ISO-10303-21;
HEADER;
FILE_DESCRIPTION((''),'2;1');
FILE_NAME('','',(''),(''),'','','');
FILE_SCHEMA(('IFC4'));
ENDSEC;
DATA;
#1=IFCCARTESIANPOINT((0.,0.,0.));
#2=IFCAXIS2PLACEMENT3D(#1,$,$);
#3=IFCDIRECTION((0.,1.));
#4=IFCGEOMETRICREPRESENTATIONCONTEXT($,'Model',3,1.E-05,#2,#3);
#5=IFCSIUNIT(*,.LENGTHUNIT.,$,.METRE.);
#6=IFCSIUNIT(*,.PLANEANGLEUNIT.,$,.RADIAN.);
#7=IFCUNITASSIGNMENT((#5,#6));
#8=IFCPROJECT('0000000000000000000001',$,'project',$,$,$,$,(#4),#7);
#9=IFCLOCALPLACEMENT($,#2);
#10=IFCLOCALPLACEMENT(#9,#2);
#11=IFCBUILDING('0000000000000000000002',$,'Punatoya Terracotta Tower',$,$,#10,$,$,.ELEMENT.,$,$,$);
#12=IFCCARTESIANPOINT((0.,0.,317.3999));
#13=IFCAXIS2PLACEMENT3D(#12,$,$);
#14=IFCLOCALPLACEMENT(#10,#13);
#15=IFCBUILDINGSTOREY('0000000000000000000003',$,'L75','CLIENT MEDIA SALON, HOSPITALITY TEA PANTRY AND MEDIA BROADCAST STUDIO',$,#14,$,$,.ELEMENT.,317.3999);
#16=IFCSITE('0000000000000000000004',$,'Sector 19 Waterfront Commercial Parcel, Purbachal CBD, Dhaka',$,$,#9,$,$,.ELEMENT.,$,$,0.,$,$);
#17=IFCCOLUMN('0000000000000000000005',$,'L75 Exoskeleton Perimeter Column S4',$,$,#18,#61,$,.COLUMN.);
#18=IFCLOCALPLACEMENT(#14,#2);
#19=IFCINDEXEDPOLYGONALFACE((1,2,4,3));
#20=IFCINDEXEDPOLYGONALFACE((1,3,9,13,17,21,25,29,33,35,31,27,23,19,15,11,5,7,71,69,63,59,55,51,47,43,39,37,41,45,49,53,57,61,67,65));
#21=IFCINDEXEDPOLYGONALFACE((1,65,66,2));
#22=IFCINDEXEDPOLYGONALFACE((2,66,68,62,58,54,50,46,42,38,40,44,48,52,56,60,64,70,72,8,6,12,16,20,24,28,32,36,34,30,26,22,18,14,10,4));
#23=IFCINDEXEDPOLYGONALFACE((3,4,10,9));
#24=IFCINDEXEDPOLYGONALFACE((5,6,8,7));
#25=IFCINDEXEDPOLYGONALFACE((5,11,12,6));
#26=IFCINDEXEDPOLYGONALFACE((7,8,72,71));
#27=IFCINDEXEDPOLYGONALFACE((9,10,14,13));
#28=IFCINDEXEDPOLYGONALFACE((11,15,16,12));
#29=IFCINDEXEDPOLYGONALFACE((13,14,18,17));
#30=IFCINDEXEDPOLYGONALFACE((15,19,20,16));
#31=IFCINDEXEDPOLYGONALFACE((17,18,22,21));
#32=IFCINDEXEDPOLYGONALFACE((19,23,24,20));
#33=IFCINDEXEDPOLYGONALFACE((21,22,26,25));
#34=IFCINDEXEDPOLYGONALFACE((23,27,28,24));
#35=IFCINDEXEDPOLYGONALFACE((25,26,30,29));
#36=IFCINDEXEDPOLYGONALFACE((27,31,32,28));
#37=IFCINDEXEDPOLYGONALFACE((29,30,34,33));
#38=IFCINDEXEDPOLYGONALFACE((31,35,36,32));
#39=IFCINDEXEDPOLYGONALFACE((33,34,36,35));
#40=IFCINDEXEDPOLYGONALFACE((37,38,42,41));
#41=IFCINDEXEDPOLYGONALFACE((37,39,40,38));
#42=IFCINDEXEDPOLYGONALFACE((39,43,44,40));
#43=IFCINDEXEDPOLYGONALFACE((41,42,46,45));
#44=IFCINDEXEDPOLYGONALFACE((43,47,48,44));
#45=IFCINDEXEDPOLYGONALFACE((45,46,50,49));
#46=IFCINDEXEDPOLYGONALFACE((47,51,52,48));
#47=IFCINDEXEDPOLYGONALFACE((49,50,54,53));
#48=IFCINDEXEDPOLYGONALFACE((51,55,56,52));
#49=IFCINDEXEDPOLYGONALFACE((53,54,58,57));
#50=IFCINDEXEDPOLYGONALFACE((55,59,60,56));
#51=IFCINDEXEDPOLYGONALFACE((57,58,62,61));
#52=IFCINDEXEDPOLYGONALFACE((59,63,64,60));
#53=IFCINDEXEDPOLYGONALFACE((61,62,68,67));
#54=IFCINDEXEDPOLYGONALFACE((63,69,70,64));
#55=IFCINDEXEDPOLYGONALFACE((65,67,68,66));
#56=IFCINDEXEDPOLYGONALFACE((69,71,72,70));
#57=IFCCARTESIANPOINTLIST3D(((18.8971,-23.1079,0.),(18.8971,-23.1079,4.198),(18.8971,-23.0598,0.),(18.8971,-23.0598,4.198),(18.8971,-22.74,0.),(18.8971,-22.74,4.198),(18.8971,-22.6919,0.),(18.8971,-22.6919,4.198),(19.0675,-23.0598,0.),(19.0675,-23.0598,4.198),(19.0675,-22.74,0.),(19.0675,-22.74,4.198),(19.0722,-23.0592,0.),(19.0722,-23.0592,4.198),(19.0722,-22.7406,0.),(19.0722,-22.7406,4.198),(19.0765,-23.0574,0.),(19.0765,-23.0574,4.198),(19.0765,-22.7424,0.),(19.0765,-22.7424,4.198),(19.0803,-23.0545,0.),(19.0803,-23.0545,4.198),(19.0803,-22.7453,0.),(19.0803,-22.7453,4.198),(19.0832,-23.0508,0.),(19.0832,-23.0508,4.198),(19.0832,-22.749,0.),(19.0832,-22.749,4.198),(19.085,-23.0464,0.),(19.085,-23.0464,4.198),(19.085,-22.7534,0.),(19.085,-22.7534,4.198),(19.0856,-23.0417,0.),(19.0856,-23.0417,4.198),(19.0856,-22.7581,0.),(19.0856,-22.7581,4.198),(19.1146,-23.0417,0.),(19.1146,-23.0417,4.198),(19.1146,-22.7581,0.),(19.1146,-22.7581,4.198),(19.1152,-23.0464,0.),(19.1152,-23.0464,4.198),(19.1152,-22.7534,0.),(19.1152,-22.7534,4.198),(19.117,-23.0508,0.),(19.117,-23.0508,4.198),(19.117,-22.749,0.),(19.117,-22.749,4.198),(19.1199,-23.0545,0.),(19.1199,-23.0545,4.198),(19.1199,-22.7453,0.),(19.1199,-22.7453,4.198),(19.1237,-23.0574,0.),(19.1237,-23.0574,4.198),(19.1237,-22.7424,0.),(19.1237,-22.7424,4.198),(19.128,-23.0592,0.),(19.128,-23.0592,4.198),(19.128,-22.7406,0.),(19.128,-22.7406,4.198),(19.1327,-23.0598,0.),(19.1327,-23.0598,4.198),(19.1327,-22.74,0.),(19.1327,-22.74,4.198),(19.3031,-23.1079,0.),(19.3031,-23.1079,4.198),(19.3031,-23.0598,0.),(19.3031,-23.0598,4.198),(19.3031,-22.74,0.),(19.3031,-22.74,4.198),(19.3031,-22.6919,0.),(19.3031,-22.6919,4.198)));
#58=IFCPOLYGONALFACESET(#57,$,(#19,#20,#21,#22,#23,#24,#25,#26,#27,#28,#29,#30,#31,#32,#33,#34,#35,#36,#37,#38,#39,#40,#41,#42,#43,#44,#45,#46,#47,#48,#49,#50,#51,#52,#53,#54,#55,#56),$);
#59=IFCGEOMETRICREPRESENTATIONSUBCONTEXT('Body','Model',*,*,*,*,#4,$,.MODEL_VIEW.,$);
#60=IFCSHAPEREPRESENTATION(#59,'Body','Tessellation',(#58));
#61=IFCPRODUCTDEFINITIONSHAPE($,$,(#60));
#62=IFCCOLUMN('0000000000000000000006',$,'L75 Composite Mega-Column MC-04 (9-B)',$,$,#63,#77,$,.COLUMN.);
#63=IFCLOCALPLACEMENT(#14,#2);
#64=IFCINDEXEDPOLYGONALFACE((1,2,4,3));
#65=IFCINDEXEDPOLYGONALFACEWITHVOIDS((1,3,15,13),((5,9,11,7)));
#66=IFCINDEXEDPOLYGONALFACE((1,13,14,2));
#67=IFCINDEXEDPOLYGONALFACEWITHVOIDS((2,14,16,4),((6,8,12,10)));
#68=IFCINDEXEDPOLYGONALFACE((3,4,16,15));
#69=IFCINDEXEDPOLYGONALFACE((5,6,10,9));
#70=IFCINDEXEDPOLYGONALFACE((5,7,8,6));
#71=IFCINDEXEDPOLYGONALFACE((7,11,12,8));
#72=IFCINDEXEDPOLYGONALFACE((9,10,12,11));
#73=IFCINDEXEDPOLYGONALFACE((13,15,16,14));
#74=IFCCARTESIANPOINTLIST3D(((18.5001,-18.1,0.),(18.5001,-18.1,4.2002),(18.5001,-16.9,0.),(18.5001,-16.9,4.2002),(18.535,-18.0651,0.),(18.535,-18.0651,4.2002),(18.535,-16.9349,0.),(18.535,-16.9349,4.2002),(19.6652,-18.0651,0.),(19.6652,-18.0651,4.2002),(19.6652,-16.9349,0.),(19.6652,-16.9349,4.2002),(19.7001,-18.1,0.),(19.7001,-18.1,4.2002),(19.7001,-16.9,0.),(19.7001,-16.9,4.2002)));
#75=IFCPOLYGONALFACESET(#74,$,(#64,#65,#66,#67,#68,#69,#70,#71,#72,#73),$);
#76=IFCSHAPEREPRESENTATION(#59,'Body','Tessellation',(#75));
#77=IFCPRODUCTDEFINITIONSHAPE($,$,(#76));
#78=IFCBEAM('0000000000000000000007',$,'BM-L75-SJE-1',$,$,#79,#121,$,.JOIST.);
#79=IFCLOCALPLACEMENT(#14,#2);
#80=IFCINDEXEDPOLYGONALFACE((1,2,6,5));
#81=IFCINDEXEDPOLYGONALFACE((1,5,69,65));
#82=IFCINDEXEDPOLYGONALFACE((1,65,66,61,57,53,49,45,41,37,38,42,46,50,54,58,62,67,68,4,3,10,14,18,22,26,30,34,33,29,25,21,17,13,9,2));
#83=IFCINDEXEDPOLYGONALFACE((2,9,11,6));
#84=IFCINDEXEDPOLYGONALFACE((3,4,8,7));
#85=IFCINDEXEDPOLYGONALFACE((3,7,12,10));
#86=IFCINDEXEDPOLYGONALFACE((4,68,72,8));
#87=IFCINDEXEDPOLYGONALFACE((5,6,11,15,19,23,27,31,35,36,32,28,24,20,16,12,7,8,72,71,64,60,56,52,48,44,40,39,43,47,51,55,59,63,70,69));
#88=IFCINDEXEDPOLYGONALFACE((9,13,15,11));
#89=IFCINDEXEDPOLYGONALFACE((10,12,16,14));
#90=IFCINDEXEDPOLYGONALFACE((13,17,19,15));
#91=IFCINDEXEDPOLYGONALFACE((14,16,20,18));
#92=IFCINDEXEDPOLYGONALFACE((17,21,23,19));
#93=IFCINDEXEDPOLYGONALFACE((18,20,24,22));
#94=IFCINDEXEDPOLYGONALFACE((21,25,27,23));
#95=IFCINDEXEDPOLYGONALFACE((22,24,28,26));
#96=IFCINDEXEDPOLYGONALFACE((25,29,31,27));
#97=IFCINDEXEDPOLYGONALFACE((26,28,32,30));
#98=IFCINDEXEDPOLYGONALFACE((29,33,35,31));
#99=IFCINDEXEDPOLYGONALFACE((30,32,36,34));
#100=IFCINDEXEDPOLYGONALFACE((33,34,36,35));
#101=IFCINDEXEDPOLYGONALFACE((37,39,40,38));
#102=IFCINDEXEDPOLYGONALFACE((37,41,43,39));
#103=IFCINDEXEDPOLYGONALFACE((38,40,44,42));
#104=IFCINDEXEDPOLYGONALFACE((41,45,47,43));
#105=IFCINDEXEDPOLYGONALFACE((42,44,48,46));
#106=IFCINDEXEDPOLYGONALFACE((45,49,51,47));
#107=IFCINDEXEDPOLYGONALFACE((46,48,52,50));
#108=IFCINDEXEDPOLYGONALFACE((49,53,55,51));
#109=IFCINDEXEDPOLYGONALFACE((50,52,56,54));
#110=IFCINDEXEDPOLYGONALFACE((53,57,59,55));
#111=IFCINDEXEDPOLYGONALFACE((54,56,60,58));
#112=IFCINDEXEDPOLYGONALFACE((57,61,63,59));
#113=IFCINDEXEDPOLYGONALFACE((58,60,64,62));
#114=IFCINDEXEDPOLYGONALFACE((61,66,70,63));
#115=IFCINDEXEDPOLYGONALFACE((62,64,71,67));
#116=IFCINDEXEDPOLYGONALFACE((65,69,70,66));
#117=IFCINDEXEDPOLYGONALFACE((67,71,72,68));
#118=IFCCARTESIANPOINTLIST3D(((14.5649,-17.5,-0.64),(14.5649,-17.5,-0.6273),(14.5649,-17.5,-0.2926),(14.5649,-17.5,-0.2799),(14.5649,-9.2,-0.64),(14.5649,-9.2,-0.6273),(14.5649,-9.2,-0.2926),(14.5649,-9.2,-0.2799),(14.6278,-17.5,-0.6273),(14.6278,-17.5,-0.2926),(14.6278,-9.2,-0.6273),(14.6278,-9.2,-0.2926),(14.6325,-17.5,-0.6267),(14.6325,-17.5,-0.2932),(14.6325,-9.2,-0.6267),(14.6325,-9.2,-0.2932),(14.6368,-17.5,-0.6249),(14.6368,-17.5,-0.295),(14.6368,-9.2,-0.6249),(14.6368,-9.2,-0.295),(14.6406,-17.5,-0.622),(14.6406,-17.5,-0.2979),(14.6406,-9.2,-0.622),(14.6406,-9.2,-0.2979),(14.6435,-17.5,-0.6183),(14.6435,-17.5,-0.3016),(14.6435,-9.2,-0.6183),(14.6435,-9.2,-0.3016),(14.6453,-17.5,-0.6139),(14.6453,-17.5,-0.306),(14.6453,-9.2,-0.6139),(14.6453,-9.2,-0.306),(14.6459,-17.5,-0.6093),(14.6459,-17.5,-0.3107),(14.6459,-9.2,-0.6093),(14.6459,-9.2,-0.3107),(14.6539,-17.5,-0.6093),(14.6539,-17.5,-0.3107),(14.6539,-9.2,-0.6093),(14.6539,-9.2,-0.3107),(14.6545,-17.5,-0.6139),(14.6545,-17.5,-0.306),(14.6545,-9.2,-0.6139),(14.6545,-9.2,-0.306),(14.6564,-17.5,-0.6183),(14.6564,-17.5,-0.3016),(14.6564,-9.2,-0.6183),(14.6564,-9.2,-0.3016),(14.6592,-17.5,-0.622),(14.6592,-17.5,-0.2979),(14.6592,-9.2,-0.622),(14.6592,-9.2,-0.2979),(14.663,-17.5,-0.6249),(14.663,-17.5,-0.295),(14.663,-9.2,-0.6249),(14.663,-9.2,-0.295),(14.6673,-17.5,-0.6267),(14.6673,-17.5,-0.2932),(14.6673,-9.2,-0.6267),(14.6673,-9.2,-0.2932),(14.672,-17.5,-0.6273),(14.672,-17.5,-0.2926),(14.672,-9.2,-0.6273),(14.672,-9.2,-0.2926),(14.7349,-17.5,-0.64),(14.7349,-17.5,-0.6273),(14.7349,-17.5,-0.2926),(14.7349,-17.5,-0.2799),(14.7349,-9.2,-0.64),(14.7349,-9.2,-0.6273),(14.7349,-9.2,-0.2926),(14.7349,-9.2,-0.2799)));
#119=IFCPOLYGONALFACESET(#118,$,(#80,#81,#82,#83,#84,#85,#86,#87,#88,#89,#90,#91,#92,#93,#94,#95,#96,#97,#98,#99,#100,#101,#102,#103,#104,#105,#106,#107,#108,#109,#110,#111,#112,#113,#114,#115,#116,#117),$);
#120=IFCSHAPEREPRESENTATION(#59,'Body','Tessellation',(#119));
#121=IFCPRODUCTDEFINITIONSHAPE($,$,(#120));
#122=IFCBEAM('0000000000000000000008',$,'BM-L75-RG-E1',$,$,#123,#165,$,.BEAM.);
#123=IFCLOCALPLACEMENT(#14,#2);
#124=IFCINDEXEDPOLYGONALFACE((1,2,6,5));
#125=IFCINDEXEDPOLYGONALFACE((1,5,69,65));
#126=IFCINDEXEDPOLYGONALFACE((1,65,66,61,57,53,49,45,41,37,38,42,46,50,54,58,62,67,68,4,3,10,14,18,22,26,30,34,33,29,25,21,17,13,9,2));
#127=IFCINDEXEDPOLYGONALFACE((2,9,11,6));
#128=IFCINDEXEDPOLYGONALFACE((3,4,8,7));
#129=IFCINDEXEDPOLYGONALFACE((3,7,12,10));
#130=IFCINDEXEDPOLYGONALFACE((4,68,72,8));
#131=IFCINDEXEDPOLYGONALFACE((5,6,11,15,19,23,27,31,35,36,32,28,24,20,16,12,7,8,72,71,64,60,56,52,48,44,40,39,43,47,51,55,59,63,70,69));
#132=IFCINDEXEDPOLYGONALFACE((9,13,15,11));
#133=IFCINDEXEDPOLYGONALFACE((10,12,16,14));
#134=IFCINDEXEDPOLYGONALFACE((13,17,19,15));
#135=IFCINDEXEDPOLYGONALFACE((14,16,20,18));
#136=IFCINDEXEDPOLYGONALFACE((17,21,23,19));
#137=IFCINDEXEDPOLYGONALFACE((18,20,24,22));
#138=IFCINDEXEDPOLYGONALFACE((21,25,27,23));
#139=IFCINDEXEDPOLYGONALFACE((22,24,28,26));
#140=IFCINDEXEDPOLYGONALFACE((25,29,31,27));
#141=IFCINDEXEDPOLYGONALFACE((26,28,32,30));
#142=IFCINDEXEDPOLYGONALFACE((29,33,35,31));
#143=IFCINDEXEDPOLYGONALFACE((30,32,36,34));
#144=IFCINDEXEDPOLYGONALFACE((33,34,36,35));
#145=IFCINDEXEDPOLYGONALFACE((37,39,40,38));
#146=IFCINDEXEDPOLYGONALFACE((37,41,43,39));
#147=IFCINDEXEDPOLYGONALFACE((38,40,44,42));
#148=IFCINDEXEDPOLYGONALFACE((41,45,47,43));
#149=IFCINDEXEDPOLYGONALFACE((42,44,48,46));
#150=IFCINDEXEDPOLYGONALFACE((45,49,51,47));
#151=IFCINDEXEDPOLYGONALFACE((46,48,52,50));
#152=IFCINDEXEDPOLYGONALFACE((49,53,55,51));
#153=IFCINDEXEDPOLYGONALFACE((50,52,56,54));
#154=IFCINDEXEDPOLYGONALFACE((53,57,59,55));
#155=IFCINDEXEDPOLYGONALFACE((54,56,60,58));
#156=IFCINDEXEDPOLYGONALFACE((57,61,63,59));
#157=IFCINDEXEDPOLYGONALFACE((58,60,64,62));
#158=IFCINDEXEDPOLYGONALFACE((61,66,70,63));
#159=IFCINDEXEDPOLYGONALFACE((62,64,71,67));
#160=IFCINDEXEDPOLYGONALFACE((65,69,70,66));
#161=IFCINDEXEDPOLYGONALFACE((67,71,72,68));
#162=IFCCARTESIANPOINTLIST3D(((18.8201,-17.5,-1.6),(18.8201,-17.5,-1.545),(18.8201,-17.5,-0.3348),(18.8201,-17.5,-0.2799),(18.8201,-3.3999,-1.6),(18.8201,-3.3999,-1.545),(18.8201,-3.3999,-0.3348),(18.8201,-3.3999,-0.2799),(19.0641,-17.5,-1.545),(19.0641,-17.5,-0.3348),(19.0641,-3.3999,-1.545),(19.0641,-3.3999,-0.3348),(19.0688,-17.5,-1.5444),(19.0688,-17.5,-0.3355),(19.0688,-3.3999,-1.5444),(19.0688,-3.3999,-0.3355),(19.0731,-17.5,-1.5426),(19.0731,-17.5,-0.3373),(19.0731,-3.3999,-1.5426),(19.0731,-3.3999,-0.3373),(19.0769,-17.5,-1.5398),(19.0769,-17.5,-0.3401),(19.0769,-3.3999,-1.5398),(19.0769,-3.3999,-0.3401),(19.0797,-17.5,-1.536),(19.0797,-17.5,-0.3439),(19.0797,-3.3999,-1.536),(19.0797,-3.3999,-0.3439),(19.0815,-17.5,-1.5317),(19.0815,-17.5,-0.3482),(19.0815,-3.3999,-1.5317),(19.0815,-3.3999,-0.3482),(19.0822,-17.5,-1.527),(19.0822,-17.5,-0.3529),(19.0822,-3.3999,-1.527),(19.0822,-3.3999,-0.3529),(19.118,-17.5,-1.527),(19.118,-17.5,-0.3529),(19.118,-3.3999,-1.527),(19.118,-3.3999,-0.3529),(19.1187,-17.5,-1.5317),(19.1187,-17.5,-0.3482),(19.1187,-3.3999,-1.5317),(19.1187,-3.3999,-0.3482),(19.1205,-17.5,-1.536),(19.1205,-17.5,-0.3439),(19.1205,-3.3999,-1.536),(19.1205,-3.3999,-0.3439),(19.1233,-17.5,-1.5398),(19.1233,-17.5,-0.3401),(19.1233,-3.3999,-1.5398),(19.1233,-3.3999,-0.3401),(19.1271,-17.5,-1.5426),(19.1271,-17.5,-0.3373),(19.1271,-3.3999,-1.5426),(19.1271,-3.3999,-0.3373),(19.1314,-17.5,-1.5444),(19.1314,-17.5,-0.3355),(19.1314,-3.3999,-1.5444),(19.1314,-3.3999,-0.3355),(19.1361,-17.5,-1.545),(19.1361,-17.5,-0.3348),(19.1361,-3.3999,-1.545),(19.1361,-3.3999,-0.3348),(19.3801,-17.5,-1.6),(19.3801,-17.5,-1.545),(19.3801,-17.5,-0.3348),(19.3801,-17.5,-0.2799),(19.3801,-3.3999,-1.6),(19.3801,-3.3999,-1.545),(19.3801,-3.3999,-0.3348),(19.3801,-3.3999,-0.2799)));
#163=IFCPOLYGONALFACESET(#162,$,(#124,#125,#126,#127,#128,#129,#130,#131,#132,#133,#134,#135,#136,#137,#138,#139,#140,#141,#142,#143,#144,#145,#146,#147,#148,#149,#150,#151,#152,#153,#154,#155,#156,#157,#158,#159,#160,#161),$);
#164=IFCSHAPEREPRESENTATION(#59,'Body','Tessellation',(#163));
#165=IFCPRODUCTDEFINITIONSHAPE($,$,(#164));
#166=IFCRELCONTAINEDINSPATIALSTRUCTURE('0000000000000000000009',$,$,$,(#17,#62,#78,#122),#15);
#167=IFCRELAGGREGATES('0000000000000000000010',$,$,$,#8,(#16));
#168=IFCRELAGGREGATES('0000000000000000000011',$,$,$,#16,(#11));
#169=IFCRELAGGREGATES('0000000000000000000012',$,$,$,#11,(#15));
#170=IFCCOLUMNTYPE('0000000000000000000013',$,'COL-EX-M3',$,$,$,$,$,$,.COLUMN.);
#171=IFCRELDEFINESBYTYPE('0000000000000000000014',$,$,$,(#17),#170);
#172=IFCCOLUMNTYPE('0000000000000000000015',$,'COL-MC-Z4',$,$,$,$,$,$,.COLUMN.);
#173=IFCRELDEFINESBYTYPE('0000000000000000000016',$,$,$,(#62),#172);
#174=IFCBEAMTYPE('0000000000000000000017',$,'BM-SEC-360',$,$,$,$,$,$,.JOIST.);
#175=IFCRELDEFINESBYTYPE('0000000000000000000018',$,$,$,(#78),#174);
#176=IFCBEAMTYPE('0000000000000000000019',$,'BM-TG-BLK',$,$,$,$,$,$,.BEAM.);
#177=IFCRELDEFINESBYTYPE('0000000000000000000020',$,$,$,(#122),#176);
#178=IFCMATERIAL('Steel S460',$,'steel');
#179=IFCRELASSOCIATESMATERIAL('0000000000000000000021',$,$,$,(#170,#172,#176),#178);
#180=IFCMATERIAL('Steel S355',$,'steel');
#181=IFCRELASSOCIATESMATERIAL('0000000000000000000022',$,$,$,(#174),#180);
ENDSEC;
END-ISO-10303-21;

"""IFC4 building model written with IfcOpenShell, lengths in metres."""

from ifc_helpers import new_model, si_unit, direction, frame, origin, origin_2d, place, context, subcontext, project, spatial, hollow_rectangle, i_section, extrude, material, material_profile, profile_set, type_object, element, save


model = new_model("IFC4")

# Units and contexts
model_context = context("Model", 3, precision=1e-05, world=origin(), true_north=direction((0.0, 1.0)))
body_context = subcontext(model_context, "Body", "Model", "MODEL_VIEW")
ifc_project = project(units=[si_unit("LENGTHUNIT", "METRE"), si_unit("PLANEANGLEUNIT", "RADIAN")], contexts=[model_context])

# Site, building, storey
site_placement = place(None, origin())
site = spatial("IfcSite", under=ifc_project, at=site_placement, Name="Sector 19 Waterfront Commercial Parcel, Purbachal CBD, Dhaka", CompositionType="ELEMENT", RefElevation=0.0)
building_placement = place(site_placement, origin())
building = spatial("IfcBuilding", under=site, at=building_placement, Name="Punatoya Terracotta Tower", CompositionType="ELEMENT")
storey_placement = place(building_placement, frame((0.0, 0.0, 317.3999)))
storey = spatial("IfcBuildingStorey", under=building, at=storey_placement, Name="L75", Description="CLIENT MEDIA SALON, HOSPITALITY TEA PANTRY AND MEDIA BROADCAST STUDIO", CompositionType="ELEMENT", Elevation=317.3999)

# Columns
ifc_material_1 = material(Name="Steel S460", Category="steel")
ifc_material_profile_1 = material_profile(ifc_material_1, i_section(OverallWidth=0.406, OverallDepth=0.416, WebThickness=0.0291, FlangeThickness=0.0481, FilletRadius=0.0181, at=origin_2d()))
ifc_profile_set_1 = profile_set([ifc_material_profile_1], Name="Steel S460")
column_type_1 = type_object("IfcColumnType", Name="COL-EX-M3", PredefinedType="COLUMN", material=ifc_profile_set_1)
column_1_placement = place(storey_placement, frame((19.1001, -22.8999, 0.0), z_axis=(0.0, 0.0, 1.0), x_axis=(1.0, 0.0, 0.0)))
element("IfcColumn", 1, at=column_1_placement, inside=storey, type_object=column_type_1, Name="L75 Exoskeleton Perimeter Column S4", PredefinedType="COLUMN", context=body_context, shape_type="SweptSolid", body=[
    extrude(i_section(OverallWidth=0.406, OverallDepth=0.416, WebThickness=0.0291, FlangeThickness=0.0481, FilletRadius=0.0181, at=origin_2d()), origin(), (0.0, 0.0, 1.0), 4.198),
])
ifc_material_profile_2 = material_profile(ifc_material_1, hollow_rectangle(XDim=1.2, YDim=1.2, WallThickness=0.0349, at=origin_2d()))
ifc_profile_set_2 = profile_set([ifc_material_profile_2], Name="Steel S460")
column_type_2 = type_object("IfcColumnType", Name="COL-MC-Z4", PredefinedType="COLUMN", material=ifc_profile_set_2)
column_2_placement = place(storey_placement, frame((19.1001, -17.5, 0.0), z_axis=(0.0, 0.0, 1.0), x_axis=(1.0, 0.0, 0.0)))
element("IfcColumn", 2, at=column_2_placement, inside=storey, type_object=column_type_2, Name="L75 Composite Mega-Column MC-04 (9-B)", PredefinedType="COLUMN", context=body_context, shape_type="SweptSolid", body=[
    extrude(hollow_rectangle(XDim=1.2, YDim=1.2, WallThickness=0.0349, at=origin_2d()), origin(), (0.0, 0.0, 1.0), 4.2002),
])

# Beams
ifc_material_2 = material(Name="Steel S355", Category="steel")
ifc_material_profile_3 = material_profile(ifc_material_2, i_section(OverallWidth=0.1699, OverallDepth=0.3601, WebThickness=0.0081, FlangeThickness=0.0127, FilletRadius=0.0181, at=origin_2d()))
ifc_profile_set_3 = profile_set([ifc_material_profile_3], Name="Steel S355")
beam_type_1 = type_object("IfcBeamType", Name="BM-SEC-360", PredefinedType="JOIST", material=ifc_profile_set_3)
beam_1_placement = place(storey_placement, frame((14.6499, -17.5, -0.46), z_axis=(0.0, 1.0, 0.0), x_axis=(-1.0, 0.0, 0.0)))
element("IfcBeam", 3, at=beam_1_placement, inside=storey, type_object=beam_type_1, Name="BM-L75-SJE-1", PredefinedType="JOIST", context=body_context, shape_type="SweptSolid", body=[
    extrude(i_section(OverallWidth=0.1699, OverallDepth=0.3601, WebThickness=0.0081, FlangeThickness=0.0127, FilletRadius=0.0181, at=origin_2d()), origin(), (0.0, 0.0, 1.0), 8.3),
])
ifc_material_profile_4 = material_profile(ifc_material_1, i_section(OverallWidth=0.5601, OverallDepth=1.3201, WebThickness=0.0359, FlangeThickness=0.0549, FilletRadius=0.0181, at=origin_2d()))
ifc_profile_set_4 = profile_set([ifc_material_profile_4], Name="Steel S460")
beam_type_2 = type_object("IfcBeamType", Name="BM-TG-BLK", PredefinedType="BEAM", material=ifc_profile_set_4)
beam_2_placement = place(storey_placement, frame((19.1001, -17.5, -0.9399), z_axis=(0.0, 1.0, 0.0), x_axis=(-1.0, 0.0, 0.0)))
element("IfcBeam", 4, at=beam_2_placement, inside=storey, type_object=beam_type_2, Name="BM-L75-RG-E1", PredefinedType="BEAM", context=body_context, shape_type="SweptSolid", body=[
    extrude(i_section(OverallWidth=0.5601, OverallDepth=1.3201, WebThickness=0.0359, FlangeThickness=0.0549, FilletRadius=0.0181, at=origin_2d()), origin(), (0.0, 0.0, 1.0), 14.1001),
])

save(model, "model.ifc")
